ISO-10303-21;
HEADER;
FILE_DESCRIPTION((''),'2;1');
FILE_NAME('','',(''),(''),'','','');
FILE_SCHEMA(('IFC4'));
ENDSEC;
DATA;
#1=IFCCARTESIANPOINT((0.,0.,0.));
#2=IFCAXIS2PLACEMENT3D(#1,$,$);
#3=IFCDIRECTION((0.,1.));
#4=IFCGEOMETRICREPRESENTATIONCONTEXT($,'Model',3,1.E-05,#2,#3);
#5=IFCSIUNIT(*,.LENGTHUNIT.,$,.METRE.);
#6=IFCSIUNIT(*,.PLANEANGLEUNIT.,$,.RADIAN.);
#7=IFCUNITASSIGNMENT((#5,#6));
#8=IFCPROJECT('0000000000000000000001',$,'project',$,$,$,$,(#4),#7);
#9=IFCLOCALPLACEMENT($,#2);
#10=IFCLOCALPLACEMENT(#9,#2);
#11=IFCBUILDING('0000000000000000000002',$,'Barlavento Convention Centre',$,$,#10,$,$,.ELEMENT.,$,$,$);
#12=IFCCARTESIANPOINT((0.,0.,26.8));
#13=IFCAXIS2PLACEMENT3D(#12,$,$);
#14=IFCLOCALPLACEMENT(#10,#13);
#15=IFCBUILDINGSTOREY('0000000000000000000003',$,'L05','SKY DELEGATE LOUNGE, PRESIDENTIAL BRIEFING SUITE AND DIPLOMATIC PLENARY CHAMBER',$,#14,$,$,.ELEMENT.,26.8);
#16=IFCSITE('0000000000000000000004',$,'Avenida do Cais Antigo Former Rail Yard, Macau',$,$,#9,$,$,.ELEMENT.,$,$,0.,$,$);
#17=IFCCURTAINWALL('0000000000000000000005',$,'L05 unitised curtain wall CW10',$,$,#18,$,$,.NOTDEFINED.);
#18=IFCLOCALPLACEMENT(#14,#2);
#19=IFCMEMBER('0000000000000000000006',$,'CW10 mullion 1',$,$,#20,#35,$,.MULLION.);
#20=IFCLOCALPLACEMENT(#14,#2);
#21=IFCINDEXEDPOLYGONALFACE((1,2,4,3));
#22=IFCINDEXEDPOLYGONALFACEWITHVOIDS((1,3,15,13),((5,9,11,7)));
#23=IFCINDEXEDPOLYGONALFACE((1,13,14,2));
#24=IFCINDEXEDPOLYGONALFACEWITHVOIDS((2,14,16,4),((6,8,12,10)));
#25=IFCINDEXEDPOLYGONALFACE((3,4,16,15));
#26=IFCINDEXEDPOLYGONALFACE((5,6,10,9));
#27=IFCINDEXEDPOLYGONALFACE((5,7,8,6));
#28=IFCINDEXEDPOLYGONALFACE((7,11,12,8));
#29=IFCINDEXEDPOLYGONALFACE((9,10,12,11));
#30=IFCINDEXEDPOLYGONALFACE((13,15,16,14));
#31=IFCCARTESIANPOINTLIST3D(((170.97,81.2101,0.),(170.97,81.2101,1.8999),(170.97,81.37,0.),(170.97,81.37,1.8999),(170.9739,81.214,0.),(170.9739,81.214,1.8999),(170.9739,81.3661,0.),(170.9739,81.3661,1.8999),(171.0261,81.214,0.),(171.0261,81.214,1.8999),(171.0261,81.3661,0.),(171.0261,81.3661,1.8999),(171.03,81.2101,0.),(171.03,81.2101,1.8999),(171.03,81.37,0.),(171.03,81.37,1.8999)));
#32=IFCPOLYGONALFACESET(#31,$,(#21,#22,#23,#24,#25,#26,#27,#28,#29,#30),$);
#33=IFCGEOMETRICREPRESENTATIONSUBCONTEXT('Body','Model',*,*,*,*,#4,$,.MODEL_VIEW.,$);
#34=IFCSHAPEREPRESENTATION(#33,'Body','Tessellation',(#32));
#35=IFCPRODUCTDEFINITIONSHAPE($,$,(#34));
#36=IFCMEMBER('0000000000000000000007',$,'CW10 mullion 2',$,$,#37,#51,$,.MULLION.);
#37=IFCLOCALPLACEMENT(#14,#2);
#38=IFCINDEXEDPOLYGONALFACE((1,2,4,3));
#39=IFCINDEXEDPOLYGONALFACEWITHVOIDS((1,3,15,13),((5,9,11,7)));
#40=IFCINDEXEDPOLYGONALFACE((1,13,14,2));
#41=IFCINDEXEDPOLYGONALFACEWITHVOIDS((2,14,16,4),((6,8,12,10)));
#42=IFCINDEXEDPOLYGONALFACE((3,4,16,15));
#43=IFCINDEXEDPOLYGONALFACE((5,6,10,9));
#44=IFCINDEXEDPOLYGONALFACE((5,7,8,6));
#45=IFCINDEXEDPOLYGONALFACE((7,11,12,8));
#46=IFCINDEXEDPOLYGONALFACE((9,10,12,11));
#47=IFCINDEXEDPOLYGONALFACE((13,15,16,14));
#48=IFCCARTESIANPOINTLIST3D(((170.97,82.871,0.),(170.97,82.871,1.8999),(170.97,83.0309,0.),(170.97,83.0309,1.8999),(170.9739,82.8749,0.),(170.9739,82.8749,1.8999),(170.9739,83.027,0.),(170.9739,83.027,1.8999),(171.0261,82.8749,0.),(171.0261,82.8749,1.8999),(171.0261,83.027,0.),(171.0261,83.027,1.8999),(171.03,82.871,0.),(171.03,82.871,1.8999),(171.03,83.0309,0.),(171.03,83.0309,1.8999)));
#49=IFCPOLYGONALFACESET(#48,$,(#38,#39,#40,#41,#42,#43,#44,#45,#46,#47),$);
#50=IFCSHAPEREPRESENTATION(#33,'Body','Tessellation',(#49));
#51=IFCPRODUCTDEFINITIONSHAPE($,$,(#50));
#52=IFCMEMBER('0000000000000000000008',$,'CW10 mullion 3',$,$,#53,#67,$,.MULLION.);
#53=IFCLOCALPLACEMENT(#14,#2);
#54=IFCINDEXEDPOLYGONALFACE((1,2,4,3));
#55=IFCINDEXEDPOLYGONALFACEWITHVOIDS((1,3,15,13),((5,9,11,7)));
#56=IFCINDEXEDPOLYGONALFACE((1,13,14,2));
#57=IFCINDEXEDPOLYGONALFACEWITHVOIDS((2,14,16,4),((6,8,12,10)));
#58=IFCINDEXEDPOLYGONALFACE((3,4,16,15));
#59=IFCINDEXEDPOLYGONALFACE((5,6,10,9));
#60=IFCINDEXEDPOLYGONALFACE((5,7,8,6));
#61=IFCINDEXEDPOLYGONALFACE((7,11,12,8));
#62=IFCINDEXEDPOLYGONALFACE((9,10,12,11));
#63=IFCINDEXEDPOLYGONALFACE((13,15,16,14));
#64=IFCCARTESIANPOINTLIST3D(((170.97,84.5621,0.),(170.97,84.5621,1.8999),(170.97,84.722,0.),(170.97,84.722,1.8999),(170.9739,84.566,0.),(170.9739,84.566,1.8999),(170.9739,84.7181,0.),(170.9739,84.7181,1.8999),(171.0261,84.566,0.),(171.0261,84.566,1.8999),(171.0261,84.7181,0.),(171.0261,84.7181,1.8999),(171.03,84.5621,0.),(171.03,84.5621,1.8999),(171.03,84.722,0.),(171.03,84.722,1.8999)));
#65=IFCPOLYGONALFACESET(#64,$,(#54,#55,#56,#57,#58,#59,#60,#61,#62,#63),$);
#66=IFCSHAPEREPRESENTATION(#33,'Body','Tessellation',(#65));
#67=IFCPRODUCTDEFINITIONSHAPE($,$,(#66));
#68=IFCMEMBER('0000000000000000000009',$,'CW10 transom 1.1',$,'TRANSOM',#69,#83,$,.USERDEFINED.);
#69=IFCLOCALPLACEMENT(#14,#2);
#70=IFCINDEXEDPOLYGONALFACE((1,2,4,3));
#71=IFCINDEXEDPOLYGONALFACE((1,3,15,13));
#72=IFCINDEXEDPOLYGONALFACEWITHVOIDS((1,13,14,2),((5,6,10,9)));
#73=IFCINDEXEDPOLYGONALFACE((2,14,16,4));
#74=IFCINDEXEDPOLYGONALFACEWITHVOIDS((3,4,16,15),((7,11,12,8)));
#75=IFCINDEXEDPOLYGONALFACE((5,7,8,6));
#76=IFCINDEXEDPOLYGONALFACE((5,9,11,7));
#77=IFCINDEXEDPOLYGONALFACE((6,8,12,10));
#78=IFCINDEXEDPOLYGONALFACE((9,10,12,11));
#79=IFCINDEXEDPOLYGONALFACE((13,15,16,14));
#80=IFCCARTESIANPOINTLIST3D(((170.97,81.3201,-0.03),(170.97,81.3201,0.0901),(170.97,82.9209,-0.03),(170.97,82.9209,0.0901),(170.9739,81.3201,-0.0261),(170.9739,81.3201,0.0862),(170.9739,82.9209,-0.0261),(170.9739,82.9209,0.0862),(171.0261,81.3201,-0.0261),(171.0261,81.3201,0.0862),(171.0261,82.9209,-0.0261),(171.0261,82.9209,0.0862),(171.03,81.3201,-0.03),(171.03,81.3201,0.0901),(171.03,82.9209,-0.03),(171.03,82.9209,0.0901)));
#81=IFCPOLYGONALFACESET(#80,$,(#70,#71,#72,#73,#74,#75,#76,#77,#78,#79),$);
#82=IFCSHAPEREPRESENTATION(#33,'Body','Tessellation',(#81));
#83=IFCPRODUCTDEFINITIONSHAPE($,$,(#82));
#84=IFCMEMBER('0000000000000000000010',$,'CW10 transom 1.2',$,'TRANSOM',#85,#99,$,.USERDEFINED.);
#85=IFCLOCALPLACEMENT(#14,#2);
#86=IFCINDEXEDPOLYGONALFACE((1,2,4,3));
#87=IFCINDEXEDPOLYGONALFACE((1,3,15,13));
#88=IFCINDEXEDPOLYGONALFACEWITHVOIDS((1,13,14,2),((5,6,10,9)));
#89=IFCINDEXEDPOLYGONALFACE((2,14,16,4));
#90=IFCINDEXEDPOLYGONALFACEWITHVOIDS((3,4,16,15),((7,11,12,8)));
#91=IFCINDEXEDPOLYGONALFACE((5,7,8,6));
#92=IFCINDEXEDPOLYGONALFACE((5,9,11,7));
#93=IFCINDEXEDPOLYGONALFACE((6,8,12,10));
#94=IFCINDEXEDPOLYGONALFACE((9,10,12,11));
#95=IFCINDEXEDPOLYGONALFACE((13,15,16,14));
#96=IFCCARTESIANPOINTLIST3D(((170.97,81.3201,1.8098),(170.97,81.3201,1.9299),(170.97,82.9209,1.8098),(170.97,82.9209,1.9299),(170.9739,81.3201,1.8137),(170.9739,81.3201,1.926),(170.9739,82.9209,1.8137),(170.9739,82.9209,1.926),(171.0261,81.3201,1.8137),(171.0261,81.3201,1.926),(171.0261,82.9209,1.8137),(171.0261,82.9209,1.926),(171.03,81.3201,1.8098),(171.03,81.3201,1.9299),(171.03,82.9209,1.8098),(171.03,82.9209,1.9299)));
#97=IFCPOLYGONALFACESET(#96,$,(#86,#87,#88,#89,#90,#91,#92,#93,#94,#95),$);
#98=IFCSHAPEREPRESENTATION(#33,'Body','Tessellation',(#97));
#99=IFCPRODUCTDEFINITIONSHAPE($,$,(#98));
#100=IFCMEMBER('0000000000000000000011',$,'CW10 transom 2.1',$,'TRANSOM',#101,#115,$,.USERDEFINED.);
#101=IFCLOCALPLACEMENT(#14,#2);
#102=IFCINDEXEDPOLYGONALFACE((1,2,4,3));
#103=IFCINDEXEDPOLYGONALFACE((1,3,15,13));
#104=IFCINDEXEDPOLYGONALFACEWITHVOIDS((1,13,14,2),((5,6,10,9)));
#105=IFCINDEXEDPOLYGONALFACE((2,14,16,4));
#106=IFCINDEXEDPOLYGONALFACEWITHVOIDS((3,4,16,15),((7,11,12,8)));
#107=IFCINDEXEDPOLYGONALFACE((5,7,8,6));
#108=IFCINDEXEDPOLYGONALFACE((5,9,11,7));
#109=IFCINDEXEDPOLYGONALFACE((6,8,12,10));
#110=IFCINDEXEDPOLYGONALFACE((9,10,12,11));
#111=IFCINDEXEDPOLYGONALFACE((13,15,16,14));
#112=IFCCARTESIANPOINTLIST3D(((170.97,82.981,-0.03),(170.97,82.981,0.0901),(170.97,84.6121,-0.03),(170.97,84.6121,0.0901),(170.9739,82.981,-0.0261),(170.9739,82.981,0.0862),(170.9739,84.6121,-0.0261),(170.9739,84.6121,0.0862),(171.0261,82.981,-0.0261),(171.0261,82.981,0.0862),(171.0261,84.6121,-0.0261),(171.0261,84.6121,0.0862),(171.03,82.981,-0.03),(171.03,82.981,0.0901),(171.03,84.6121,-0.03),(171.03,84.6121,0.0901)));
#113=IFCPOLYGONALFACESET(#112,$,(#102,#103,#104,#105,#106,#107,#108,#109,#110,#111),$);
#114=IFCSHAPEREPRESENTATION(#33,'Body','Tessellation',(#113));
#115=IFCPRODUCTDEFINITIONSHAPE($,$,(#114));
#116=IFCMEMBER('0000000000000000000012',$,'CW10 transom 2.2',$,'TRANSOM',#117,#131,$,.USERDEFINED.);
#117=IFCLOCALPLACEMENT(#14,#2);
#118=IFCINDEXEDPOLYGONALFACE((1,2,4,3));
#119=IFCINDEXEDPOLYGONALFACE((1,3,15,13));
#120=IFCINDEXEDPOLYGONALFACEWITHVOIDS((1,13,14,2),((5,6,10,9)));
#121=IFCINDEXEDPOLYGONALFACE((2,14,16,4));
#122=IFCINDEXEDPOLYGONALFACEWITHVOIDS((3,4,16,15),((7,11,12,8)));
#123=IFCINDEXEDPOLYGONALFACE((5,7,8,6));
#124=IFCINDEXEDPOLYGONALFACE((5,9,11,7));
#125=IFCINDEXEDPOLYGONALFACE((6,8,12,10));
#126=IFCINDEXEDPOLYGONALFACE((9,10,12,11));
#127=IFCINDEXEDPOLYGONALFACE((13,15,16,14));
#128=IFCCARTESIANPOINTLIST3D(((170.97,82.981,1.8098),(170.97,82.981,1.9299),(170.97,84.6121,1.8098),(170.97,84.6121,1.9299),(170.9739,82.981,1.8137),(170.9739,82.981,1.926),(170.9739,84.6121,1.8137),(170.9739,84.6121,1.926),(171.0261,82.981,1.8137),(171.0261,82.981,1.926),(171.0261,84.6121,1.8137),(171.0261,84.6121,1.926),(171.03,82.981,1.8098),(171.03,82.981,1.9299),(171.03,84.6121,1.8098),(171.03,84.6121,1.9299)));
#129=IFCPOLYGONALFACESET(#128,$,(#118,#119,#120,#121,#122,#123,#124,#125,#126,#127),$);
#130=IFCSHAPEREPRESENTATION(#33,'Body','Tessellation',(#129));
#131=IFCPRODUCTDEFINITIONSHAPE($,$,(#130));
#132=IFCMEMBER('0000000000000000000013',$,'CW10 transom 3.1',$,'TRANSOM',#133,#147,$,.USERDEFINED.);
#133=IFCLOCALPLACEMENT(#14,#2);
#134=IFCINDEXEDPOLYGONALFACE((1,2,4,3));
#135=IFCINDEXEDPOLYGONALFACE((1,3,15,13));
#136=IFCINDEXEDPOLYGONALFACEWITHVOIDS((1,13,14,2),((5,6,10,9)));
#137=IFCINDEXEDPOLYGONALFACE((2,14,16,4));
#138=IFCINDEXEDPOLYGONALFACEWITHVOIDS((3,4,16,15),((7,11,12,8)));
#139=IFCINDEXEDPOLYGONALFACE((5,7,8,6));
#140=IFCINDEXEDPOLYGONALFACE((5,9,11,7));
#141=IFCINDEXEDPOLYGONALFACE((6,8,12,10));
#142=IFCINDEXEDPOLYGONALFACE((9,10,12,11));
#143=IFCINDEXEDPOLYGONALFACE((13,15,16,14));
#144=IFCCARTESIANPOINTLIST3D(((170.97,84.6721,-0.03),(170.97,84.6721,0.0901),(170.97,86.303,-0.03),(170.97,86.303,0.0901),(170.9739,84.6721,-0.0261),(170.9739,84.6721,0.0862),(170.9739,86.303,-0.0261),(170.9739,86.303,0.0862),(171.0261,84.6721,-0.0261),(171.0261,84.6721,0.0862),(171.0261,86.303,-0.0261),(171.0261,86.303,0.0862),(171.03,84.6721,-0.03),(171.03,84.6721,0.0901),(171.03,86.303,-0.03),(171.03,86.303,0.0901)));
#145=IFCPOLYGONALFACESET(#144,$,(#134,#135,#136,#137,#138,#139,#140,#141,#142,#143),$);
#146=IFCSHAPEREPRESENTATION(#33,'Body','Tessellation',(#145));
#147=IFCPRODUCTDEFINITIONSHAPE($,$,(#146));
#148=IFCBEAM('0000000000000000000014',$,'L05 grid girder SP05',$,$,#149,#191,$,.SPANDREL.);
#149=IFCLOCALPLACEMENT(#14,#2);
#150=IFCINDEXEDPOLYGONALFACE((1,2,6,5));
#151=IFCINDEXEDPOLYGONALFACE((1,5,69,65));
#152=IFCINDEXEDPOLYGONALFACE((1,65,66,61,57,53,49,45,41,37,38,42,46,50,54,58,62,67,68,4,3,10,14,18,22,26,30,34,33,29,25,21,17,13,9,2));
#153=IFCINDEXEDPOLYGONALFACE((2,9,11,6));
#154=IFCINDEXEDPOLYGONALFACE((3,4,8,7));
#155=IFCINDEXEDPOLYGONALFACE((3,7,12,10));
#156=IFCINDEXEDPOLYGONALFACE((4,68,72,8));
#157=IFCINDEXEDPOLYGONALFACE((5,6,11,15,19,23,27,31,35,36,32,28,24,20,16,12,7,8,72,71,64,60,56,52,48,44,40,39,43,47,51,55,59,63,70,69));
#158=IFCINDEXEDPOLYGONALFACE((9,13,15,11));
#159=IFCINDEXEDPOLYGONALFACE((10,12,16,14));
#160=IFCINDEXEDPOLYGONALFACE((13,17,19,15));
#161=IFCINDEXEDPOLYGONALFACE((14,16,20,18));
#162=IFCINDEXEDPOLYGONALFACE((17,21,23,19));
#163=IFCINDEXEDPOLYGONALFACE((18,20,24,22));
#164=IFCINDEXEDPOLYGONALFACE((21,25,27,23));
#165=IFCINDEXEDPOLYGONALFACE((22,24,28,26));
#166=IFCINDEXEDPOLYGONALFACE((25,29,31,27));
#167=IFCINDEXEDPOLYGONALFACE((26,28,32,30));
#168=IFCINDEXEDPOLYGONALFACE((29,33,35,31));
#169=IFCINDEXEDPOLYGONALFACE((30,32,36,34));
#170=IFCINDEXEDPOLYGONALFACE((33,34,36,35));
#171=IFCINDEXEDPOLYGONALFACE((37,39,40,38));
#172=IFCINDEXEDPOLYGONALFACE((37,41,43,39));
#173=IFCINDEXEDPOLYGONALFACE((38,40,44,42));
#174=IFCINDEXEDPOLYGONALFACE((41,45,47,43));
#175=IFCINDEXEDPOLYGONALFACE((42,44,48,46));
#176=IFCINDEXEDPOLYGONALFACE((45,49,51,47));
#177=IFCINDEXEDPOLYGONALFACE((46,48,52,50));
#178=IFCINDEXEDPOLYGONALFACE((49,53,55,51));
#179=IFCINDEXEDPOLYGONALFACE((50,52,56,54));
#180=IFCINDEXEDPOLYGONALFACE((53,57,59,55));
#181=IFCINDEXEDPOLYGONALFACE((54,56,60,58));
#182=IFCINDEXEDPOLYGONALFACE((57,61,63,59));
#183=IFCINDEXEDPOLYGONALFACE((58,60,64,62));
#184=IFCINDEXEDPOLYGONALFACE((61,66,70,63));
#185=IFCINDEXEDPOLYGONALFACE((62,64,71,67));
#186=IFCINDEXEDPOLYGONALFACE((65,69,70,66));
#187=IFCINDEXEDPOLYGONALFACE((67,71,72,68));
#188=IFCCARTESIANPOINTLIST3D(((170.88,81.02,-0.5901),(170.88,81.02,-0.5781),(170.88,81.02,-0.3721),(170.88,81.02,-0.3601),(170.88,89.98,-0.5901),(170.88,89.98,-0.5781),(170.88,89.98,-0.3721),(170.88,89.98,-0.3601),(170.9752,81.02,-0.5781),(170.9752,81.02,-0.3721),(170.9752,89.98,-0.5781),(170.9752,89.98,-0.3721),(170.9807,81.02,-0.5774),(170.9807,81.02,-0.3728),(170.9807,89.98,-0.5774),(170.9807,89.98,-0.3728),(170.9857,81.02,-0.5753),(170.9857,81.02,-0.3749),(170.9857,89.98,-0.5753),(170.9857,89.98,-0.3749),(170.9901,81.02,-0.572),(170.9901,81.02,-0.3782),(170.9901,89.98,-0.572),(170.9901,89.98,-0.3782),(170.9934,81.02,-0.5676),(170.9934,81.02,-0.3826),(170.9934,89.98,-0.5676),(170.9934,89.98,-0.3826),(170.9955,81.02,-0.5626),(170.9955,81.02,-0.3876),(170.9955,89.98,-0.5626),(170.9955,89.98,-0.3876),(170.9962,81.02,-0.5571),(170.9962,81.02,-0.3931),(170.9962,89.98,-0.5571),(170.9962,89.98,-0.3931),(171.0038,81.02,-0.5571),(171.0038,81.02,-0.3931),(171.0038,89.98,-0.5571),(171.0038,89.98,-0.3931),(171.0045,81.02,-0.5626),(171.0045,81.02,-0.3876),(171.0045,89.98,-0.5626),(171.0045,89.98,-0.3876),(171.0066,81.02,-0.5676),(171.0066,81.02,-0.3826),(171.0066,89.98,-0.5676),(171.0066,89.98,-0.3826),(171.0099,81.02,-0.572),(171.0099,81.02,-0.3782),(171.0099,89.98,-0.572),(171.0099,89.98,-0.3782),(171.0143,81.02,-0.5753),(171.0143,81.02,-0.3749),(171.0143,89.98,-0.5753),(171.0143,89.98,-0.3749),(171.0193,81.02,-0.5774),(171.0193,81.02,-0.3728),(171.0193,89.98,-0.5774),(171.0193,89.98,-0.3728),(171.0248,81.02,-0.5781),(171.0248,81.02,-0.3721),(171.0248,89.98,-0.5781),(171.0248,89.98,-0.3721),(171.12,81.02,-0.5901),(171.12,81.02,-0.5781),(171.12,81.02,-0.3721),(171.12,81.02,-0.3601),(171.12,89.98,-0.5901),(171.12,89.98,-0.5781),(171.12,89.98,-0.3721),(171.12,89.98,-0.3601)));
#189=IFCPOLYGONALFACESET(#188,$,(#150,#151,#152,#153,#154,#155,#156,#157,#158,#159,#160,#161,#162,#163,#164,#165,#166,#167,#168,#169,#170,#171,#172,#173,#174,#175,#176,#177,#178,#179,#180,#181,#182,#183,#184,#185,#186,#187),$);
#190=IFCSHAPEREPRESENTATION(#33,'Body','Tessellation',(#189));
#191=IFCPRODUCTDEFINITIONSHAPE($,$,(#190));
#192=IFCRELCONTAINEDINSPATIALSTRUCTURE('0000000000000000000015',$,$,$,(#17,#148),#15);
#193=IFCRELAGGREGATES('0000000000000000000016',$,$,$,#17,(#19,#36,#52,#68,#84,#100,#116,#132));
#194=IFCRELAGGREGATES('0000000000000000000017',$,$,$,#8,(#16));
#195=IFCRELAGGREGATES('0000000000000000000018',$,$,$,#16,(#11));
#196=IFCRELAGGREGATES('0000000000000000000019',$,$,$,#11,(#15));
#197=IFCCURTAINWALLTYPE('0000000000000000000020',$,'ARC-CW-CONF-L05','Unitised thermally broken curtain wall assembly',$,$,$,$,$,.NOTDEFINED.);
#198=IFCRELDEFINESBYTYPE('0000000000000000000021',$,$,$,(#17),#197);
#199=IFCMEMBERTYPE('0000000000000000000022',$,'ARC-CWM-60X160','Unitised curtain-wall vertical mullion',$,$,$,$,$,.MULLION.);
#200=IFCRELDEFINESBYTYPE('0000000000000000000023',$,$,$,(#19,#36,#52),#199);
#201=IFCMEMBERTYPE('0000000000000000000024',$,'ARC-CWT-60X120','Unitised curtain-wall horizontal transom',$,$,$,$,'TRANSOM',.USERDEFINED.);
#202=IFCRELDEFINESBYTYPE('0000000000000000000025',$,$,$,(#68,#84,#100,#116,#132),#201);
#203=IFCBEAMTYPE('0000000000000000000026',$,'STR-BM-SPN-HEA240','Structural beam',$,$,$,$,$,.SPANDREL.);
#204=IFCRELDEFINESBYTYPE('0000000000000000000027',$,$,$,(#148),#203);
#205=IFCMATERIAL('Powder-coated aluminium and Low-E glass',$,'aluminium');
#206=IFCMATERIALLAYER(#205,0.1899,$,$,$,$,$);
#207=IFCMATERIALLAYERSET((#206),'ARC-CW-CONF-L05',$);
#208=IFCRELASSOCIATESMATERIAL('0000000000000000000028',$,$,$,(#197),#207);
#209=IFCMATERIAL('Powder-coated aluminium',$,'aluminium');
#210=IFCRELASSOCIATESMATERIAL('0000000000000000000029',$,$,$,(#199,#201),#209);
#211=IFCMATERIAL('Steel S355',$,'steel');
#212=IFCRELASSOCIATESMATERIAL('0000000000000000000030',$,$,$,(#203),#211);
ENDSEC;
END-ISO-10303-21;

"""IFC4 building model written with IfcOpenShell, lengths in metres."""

from ifc_helpers import new_model, si_unit, direction, frame, origin, origin_2d, place, context, subcontext, project, spatial, hollow_rectangle, i_section, extrude, material, layer, layer_set, material_profile, profile_set, type_object, element, aggregate, save


model = new_model("IFC4")

# Units and contexts
model_context = context("Model", 3, precision=1e-05, world=origin(), true_north=direction((0.0, 1.0)))
body_context = subcontext(model_context, "Body", "Model", "MODEL_VIEW")
ifc_project = project(units=[si_unit("LENGTHUNIT", "METRE"), si_unit("PLANEANGLEUNIT", "RADIAN")], contexts=[model_context])

# Site, building, storey
site_placement = place(None, origin())
site = spatial("IfcSite", under=ifc_project, at=site_placement, Name="Avenida do Cais Antigo Former Rail Yard, Macau", CompositionType="ELEMENT", RefElevation=0.0)
building_placement = place(site_placement, origin())
building = spatial("IfcBuilding", under=site, at=building_placement, Name="Barlavento Convention Centre", CompositionType="ELEMENT")
storey_placement = place(building_placement, frame((0.0, 0.0, 26.8)))
storey = spatial("IfcBuildingStorey", under=building, at=storey_placement, Name="L05", Description="SKY DELEGATE LOUNGE, PRESIDENTIAL BRIEFING SUITE AND DIPLOMATIC PLENARY CHAMBER", CompositionType="ELEMENT", Elevation=26.8)

# Curtain wall, members
ifc_material_1 = material(Name="Powder-coated aluminium and Low-E glass", Category="aluminium")
ifc_layer_1 = layer(ifc_material_1, 0.1899)
ifc_layer_set_1 = layer_set([ifc_layer_1], Name="ARC-CW-CONF-L05")
curtain_wall_type = type_object("IfcCurtainWallType", Name="ARC-CW-CONF-L05", Description="Unitised thermally broken curtain wall assembly", PredefinedType="NOTDEFINED", material=ifc_layer_set_1)
curtain_wall_placement = place(storey_placement, origin())
curtain_wall = element("IfcCurtainWall", 1, at=curtain_wall_placement, inside=storey, type_object=curtain_wall_type, Name="L05 unitised curtain wall CW10", PredefinedType="NOTDEFINED")
ifc_material_2 = material(Name="Powder-coated aluminium", Category="aluminium")
ifc_material_profile_1 = material_profile(ifc_material_2, hollow_rectangle(XDim=0.0601, YDim=0.1599, WallThickness=0.0039, at=origin_2d()), Name="AL-MULL 60x160x4")
ifc_profile_set_1 = profile_set([ifc_material_profile_1], Name="Powder-coated aluminium")
member_type_1 = type_object("IfcMemberType", Name="ARC-CWM-60X160", Description="Unitised curtain-wall vertical mullion", PredefinedType="MULLION", material=ifc_profile_set_1)
member_1_placement = place(storey_placement, frame((171.0, 81.29, 0.0), z_axis=(0.0, 0.0, 1.0), x_axis=(-1.0, 0.0, 0.0)))
member_1 = element("IfcMember", 2, at=member_1_placement, type_object=member_type_1, Name="CW10 mullion 1", PredefinedType="MULLION", context=body_context, shape_type="SweptSolid", body=[
    extrude(hollow_rectangle(XDim=0.0601, YDim=0.1599, WallThickness=0.0039, at=origin_2d()), origin(), (0.0, 0.0, 1.0), 1.8999),
])
member_2_placement = place(storey_placement, frame((171.0, 82.9509, 0.0), z_axis=(0.0, 0.0, 1.0), x_axis=(-1.0, 0.0, 0.0)))
member_2 = element("IfcMember", 3, at=member_2_placement, type_object=member_type_1, Name="CW10 mullion 2", PredefinedType="MULLION", context=body_context, shape_type="SweptSolid", body=[
    extrude(hollow_rectangle(XDim=0.0601, YDim=0.1599, WallThickness=0.0039, at=origin_2d()), origin(), (0.0, 0.0, 1.0), 1.8999),
])
member_3_placement = place(storey_placement, frame((171.0, 84.6421, 0.0), z_axis=(0.0, 0.0, 1.0), x_axis=(-1.0, 0.0, 0.0)))
member_3 = element("IfcMember", 4, at=member_3_placement, type_object=member_type_1, Name="CW10 mullion 3", PredefinedType="MULLION", context=body_context, shape_type="SweptSolid", body=[
    extrude(hollow_rectangle(XDim=0.0601, YDim=0.1599, WallThickness=0.0039, at=origin_2d()), origin(), (0.0, 0.0, 1.0), 1.8999),
])
ifc_material_profile_2 = material_profile(ifc_material_2, hollow_rectangle(XDim=0.0601, YDim=0.1201, WallThickness=0.0039, at=origin_2d()), Name="AL-TRAN 60x120x4")
ifc_profile_set_2 = profile_set([ifc_material_profile_2], Name="Powder-coated aluminium")
member_type_2 = type_object("IfcMemberType", Name="ARC-CWT-60X120", Description="Unitised curtain-wall horizontal transom", ElementType="TRANSOM", PredefinedType="USERDEFINED", material=ifc_profile_set_2)
member_4_placement = place(storey_placement, frame((171.0, 81.3201, 0.03), z_axis=(0.0, 1.0, 0.0), x_axis=(-1.0, 0.0, 0.0)))
member_4 = element("IfcMember", 5, at=member_4_placement, type_object=member_type_2, Name="CW10 transom 1.1", ObjectType="TRANSOM", PredefinedType="USERDEFINED", context=body_context, shape_type="SweptSolid", body=[
    extrude(hollow_rectangle(XDim=0.0601, YDim=0.1201, WallThickness=0.0039, at=origin_2d()), origin(), (0.0, 0.0, 1.0), 1.6008),
])
member_5_placement = place(storey_placement, frame((171.0, 81.3201, 1.8699), z_axis=(0.0, 1.0, 0.0), x_axis=(-1.0, 0.0, 0.0)))
member_5 = element("IfcMember", 6, at=member_5_placement, type_object=member_type_2, Name="CW10 transom 1.2", ObjectType="TRANSOM", PredefinedType="USERDEFINED", context=body_context, shape_type="SweptSolid", body=[
    extrude(hollow_rectangle(XDim=0.0601, YDim=0.1201, WallThickness=0.0039, at=origin_2d()), origin(), (0.0, 0.0, 1.0), 1.6008),
])
member_6_placement = place(storey_placement, frame((171.0, 82.981, 0.03), z_axis=(0.0, 1.0, 0.0), x_axis=(-1.0, 0.0, 0.0)))
member_6 = element("IfcMember", 7, at=member_6_placement, type_object=member_type_2, Name="CW10 transom 2.1", ObjectType="TRANSOM", PredefinedType="USERDEFINED", context=body_context, shape_type="SweptSolid", body=[
    extrude(hollow_rectangle(XDim=0.0601, YDim=0.1201, WallThickness=0.0039, at=origin_2d()), origin(), (0.0, 0.0, 1.0), 1.6311),
])
member_7_placement = place(storey_placement, frame((171.0, 82.981, 1.8699), z_axis=(0.0, 1.0, 0.0), x_axis=(-1.0, 0.0, 0.0)))
member_7 = element("IfcMember", 8, at=member_7_placement, type_object=member_type_2, Name="CW10 transom 2.2", ObjectType="TRANSOM", PredefinedType="USERDEFINED", context=body_context, shape_type="SweptSolid", body=[
    extrude(hollow_rectangle(XDim=0.0601, YDim=0.1201, WallThickness=0.0039, at=origin_2d()), origin(), (0.0, 0.0, 1.0), 1.6311),
])
member_8_placement = place(storey_placement, frame((171.0, 84.6721, 0.03), z_axis=(0.0, 1.0, 0.0), x_axis=(-1.0, 0.0, 0.0)))
member_8 = element("IfcMember", 9, at=member_8_placement, type_object=member_type_2, Name="CW10 transom 3.1", ObjectType="TRANSOM", PredefinedType="USERDEFINED", context=body_context, shape_type="SweptSolid", body=[
    extrude(hollow_rectangle(XDim=0.0601, YDim=0.1201, WallThickness=0.0039, at=origin_2d()), origin(), (0.0, 0.0, 1.0), 1.6309),
])

# Beam
ifc_material_3 = material(Name="Steel S355", Category="steel")
ifc_material_profile_3 = material_profile(ifc_material_3, i_section(OverallWidth=0.24, OverallDepth=0.23, WebThickness=0.0076, FlangeThickness=0.012, FilletRadius=0.021, at=origin_2d()), Name="HEA 240")
ifc_profile_set_3 = profile_set([ifc_material_profile_3], Name="Steel S355")
beam_type = type_object("IfcBeamType", Name="STR-BM-SPN-HEA240", Description="Structural beam", PredefinedType="SPANDREL", material=ifc_profile_set_3)
beam_placement = place(storey_placement, frame((171.0, 81.02, -0.4751), z_axis=(0.0, 1.0, 0.0), x_axis=(-1.0, 0.0, 0.0)))
element("IfcBeam", 10, at=beam_placement, inside=storey, type_object=beam_type, Name="L05 grid girder SP05", PredefinedType="SPANDREL", context=body_context, shape_type="SweptSolid", body=[
    extrude(i_section(OverallWidth=0.24, OverallDepth=0.23, WebThickness=0.0076, FlangeThickness=0.012, FilletRadius=0.021, at=origin_2d()), origin(), (0.0, 0.0, 1.0), 8.96),
])

aggregate(curtain_wall, [member_1, member_2, member_3, member_4, member_5, member_6, member_7, member_8])

save(model, "model.ifc")
